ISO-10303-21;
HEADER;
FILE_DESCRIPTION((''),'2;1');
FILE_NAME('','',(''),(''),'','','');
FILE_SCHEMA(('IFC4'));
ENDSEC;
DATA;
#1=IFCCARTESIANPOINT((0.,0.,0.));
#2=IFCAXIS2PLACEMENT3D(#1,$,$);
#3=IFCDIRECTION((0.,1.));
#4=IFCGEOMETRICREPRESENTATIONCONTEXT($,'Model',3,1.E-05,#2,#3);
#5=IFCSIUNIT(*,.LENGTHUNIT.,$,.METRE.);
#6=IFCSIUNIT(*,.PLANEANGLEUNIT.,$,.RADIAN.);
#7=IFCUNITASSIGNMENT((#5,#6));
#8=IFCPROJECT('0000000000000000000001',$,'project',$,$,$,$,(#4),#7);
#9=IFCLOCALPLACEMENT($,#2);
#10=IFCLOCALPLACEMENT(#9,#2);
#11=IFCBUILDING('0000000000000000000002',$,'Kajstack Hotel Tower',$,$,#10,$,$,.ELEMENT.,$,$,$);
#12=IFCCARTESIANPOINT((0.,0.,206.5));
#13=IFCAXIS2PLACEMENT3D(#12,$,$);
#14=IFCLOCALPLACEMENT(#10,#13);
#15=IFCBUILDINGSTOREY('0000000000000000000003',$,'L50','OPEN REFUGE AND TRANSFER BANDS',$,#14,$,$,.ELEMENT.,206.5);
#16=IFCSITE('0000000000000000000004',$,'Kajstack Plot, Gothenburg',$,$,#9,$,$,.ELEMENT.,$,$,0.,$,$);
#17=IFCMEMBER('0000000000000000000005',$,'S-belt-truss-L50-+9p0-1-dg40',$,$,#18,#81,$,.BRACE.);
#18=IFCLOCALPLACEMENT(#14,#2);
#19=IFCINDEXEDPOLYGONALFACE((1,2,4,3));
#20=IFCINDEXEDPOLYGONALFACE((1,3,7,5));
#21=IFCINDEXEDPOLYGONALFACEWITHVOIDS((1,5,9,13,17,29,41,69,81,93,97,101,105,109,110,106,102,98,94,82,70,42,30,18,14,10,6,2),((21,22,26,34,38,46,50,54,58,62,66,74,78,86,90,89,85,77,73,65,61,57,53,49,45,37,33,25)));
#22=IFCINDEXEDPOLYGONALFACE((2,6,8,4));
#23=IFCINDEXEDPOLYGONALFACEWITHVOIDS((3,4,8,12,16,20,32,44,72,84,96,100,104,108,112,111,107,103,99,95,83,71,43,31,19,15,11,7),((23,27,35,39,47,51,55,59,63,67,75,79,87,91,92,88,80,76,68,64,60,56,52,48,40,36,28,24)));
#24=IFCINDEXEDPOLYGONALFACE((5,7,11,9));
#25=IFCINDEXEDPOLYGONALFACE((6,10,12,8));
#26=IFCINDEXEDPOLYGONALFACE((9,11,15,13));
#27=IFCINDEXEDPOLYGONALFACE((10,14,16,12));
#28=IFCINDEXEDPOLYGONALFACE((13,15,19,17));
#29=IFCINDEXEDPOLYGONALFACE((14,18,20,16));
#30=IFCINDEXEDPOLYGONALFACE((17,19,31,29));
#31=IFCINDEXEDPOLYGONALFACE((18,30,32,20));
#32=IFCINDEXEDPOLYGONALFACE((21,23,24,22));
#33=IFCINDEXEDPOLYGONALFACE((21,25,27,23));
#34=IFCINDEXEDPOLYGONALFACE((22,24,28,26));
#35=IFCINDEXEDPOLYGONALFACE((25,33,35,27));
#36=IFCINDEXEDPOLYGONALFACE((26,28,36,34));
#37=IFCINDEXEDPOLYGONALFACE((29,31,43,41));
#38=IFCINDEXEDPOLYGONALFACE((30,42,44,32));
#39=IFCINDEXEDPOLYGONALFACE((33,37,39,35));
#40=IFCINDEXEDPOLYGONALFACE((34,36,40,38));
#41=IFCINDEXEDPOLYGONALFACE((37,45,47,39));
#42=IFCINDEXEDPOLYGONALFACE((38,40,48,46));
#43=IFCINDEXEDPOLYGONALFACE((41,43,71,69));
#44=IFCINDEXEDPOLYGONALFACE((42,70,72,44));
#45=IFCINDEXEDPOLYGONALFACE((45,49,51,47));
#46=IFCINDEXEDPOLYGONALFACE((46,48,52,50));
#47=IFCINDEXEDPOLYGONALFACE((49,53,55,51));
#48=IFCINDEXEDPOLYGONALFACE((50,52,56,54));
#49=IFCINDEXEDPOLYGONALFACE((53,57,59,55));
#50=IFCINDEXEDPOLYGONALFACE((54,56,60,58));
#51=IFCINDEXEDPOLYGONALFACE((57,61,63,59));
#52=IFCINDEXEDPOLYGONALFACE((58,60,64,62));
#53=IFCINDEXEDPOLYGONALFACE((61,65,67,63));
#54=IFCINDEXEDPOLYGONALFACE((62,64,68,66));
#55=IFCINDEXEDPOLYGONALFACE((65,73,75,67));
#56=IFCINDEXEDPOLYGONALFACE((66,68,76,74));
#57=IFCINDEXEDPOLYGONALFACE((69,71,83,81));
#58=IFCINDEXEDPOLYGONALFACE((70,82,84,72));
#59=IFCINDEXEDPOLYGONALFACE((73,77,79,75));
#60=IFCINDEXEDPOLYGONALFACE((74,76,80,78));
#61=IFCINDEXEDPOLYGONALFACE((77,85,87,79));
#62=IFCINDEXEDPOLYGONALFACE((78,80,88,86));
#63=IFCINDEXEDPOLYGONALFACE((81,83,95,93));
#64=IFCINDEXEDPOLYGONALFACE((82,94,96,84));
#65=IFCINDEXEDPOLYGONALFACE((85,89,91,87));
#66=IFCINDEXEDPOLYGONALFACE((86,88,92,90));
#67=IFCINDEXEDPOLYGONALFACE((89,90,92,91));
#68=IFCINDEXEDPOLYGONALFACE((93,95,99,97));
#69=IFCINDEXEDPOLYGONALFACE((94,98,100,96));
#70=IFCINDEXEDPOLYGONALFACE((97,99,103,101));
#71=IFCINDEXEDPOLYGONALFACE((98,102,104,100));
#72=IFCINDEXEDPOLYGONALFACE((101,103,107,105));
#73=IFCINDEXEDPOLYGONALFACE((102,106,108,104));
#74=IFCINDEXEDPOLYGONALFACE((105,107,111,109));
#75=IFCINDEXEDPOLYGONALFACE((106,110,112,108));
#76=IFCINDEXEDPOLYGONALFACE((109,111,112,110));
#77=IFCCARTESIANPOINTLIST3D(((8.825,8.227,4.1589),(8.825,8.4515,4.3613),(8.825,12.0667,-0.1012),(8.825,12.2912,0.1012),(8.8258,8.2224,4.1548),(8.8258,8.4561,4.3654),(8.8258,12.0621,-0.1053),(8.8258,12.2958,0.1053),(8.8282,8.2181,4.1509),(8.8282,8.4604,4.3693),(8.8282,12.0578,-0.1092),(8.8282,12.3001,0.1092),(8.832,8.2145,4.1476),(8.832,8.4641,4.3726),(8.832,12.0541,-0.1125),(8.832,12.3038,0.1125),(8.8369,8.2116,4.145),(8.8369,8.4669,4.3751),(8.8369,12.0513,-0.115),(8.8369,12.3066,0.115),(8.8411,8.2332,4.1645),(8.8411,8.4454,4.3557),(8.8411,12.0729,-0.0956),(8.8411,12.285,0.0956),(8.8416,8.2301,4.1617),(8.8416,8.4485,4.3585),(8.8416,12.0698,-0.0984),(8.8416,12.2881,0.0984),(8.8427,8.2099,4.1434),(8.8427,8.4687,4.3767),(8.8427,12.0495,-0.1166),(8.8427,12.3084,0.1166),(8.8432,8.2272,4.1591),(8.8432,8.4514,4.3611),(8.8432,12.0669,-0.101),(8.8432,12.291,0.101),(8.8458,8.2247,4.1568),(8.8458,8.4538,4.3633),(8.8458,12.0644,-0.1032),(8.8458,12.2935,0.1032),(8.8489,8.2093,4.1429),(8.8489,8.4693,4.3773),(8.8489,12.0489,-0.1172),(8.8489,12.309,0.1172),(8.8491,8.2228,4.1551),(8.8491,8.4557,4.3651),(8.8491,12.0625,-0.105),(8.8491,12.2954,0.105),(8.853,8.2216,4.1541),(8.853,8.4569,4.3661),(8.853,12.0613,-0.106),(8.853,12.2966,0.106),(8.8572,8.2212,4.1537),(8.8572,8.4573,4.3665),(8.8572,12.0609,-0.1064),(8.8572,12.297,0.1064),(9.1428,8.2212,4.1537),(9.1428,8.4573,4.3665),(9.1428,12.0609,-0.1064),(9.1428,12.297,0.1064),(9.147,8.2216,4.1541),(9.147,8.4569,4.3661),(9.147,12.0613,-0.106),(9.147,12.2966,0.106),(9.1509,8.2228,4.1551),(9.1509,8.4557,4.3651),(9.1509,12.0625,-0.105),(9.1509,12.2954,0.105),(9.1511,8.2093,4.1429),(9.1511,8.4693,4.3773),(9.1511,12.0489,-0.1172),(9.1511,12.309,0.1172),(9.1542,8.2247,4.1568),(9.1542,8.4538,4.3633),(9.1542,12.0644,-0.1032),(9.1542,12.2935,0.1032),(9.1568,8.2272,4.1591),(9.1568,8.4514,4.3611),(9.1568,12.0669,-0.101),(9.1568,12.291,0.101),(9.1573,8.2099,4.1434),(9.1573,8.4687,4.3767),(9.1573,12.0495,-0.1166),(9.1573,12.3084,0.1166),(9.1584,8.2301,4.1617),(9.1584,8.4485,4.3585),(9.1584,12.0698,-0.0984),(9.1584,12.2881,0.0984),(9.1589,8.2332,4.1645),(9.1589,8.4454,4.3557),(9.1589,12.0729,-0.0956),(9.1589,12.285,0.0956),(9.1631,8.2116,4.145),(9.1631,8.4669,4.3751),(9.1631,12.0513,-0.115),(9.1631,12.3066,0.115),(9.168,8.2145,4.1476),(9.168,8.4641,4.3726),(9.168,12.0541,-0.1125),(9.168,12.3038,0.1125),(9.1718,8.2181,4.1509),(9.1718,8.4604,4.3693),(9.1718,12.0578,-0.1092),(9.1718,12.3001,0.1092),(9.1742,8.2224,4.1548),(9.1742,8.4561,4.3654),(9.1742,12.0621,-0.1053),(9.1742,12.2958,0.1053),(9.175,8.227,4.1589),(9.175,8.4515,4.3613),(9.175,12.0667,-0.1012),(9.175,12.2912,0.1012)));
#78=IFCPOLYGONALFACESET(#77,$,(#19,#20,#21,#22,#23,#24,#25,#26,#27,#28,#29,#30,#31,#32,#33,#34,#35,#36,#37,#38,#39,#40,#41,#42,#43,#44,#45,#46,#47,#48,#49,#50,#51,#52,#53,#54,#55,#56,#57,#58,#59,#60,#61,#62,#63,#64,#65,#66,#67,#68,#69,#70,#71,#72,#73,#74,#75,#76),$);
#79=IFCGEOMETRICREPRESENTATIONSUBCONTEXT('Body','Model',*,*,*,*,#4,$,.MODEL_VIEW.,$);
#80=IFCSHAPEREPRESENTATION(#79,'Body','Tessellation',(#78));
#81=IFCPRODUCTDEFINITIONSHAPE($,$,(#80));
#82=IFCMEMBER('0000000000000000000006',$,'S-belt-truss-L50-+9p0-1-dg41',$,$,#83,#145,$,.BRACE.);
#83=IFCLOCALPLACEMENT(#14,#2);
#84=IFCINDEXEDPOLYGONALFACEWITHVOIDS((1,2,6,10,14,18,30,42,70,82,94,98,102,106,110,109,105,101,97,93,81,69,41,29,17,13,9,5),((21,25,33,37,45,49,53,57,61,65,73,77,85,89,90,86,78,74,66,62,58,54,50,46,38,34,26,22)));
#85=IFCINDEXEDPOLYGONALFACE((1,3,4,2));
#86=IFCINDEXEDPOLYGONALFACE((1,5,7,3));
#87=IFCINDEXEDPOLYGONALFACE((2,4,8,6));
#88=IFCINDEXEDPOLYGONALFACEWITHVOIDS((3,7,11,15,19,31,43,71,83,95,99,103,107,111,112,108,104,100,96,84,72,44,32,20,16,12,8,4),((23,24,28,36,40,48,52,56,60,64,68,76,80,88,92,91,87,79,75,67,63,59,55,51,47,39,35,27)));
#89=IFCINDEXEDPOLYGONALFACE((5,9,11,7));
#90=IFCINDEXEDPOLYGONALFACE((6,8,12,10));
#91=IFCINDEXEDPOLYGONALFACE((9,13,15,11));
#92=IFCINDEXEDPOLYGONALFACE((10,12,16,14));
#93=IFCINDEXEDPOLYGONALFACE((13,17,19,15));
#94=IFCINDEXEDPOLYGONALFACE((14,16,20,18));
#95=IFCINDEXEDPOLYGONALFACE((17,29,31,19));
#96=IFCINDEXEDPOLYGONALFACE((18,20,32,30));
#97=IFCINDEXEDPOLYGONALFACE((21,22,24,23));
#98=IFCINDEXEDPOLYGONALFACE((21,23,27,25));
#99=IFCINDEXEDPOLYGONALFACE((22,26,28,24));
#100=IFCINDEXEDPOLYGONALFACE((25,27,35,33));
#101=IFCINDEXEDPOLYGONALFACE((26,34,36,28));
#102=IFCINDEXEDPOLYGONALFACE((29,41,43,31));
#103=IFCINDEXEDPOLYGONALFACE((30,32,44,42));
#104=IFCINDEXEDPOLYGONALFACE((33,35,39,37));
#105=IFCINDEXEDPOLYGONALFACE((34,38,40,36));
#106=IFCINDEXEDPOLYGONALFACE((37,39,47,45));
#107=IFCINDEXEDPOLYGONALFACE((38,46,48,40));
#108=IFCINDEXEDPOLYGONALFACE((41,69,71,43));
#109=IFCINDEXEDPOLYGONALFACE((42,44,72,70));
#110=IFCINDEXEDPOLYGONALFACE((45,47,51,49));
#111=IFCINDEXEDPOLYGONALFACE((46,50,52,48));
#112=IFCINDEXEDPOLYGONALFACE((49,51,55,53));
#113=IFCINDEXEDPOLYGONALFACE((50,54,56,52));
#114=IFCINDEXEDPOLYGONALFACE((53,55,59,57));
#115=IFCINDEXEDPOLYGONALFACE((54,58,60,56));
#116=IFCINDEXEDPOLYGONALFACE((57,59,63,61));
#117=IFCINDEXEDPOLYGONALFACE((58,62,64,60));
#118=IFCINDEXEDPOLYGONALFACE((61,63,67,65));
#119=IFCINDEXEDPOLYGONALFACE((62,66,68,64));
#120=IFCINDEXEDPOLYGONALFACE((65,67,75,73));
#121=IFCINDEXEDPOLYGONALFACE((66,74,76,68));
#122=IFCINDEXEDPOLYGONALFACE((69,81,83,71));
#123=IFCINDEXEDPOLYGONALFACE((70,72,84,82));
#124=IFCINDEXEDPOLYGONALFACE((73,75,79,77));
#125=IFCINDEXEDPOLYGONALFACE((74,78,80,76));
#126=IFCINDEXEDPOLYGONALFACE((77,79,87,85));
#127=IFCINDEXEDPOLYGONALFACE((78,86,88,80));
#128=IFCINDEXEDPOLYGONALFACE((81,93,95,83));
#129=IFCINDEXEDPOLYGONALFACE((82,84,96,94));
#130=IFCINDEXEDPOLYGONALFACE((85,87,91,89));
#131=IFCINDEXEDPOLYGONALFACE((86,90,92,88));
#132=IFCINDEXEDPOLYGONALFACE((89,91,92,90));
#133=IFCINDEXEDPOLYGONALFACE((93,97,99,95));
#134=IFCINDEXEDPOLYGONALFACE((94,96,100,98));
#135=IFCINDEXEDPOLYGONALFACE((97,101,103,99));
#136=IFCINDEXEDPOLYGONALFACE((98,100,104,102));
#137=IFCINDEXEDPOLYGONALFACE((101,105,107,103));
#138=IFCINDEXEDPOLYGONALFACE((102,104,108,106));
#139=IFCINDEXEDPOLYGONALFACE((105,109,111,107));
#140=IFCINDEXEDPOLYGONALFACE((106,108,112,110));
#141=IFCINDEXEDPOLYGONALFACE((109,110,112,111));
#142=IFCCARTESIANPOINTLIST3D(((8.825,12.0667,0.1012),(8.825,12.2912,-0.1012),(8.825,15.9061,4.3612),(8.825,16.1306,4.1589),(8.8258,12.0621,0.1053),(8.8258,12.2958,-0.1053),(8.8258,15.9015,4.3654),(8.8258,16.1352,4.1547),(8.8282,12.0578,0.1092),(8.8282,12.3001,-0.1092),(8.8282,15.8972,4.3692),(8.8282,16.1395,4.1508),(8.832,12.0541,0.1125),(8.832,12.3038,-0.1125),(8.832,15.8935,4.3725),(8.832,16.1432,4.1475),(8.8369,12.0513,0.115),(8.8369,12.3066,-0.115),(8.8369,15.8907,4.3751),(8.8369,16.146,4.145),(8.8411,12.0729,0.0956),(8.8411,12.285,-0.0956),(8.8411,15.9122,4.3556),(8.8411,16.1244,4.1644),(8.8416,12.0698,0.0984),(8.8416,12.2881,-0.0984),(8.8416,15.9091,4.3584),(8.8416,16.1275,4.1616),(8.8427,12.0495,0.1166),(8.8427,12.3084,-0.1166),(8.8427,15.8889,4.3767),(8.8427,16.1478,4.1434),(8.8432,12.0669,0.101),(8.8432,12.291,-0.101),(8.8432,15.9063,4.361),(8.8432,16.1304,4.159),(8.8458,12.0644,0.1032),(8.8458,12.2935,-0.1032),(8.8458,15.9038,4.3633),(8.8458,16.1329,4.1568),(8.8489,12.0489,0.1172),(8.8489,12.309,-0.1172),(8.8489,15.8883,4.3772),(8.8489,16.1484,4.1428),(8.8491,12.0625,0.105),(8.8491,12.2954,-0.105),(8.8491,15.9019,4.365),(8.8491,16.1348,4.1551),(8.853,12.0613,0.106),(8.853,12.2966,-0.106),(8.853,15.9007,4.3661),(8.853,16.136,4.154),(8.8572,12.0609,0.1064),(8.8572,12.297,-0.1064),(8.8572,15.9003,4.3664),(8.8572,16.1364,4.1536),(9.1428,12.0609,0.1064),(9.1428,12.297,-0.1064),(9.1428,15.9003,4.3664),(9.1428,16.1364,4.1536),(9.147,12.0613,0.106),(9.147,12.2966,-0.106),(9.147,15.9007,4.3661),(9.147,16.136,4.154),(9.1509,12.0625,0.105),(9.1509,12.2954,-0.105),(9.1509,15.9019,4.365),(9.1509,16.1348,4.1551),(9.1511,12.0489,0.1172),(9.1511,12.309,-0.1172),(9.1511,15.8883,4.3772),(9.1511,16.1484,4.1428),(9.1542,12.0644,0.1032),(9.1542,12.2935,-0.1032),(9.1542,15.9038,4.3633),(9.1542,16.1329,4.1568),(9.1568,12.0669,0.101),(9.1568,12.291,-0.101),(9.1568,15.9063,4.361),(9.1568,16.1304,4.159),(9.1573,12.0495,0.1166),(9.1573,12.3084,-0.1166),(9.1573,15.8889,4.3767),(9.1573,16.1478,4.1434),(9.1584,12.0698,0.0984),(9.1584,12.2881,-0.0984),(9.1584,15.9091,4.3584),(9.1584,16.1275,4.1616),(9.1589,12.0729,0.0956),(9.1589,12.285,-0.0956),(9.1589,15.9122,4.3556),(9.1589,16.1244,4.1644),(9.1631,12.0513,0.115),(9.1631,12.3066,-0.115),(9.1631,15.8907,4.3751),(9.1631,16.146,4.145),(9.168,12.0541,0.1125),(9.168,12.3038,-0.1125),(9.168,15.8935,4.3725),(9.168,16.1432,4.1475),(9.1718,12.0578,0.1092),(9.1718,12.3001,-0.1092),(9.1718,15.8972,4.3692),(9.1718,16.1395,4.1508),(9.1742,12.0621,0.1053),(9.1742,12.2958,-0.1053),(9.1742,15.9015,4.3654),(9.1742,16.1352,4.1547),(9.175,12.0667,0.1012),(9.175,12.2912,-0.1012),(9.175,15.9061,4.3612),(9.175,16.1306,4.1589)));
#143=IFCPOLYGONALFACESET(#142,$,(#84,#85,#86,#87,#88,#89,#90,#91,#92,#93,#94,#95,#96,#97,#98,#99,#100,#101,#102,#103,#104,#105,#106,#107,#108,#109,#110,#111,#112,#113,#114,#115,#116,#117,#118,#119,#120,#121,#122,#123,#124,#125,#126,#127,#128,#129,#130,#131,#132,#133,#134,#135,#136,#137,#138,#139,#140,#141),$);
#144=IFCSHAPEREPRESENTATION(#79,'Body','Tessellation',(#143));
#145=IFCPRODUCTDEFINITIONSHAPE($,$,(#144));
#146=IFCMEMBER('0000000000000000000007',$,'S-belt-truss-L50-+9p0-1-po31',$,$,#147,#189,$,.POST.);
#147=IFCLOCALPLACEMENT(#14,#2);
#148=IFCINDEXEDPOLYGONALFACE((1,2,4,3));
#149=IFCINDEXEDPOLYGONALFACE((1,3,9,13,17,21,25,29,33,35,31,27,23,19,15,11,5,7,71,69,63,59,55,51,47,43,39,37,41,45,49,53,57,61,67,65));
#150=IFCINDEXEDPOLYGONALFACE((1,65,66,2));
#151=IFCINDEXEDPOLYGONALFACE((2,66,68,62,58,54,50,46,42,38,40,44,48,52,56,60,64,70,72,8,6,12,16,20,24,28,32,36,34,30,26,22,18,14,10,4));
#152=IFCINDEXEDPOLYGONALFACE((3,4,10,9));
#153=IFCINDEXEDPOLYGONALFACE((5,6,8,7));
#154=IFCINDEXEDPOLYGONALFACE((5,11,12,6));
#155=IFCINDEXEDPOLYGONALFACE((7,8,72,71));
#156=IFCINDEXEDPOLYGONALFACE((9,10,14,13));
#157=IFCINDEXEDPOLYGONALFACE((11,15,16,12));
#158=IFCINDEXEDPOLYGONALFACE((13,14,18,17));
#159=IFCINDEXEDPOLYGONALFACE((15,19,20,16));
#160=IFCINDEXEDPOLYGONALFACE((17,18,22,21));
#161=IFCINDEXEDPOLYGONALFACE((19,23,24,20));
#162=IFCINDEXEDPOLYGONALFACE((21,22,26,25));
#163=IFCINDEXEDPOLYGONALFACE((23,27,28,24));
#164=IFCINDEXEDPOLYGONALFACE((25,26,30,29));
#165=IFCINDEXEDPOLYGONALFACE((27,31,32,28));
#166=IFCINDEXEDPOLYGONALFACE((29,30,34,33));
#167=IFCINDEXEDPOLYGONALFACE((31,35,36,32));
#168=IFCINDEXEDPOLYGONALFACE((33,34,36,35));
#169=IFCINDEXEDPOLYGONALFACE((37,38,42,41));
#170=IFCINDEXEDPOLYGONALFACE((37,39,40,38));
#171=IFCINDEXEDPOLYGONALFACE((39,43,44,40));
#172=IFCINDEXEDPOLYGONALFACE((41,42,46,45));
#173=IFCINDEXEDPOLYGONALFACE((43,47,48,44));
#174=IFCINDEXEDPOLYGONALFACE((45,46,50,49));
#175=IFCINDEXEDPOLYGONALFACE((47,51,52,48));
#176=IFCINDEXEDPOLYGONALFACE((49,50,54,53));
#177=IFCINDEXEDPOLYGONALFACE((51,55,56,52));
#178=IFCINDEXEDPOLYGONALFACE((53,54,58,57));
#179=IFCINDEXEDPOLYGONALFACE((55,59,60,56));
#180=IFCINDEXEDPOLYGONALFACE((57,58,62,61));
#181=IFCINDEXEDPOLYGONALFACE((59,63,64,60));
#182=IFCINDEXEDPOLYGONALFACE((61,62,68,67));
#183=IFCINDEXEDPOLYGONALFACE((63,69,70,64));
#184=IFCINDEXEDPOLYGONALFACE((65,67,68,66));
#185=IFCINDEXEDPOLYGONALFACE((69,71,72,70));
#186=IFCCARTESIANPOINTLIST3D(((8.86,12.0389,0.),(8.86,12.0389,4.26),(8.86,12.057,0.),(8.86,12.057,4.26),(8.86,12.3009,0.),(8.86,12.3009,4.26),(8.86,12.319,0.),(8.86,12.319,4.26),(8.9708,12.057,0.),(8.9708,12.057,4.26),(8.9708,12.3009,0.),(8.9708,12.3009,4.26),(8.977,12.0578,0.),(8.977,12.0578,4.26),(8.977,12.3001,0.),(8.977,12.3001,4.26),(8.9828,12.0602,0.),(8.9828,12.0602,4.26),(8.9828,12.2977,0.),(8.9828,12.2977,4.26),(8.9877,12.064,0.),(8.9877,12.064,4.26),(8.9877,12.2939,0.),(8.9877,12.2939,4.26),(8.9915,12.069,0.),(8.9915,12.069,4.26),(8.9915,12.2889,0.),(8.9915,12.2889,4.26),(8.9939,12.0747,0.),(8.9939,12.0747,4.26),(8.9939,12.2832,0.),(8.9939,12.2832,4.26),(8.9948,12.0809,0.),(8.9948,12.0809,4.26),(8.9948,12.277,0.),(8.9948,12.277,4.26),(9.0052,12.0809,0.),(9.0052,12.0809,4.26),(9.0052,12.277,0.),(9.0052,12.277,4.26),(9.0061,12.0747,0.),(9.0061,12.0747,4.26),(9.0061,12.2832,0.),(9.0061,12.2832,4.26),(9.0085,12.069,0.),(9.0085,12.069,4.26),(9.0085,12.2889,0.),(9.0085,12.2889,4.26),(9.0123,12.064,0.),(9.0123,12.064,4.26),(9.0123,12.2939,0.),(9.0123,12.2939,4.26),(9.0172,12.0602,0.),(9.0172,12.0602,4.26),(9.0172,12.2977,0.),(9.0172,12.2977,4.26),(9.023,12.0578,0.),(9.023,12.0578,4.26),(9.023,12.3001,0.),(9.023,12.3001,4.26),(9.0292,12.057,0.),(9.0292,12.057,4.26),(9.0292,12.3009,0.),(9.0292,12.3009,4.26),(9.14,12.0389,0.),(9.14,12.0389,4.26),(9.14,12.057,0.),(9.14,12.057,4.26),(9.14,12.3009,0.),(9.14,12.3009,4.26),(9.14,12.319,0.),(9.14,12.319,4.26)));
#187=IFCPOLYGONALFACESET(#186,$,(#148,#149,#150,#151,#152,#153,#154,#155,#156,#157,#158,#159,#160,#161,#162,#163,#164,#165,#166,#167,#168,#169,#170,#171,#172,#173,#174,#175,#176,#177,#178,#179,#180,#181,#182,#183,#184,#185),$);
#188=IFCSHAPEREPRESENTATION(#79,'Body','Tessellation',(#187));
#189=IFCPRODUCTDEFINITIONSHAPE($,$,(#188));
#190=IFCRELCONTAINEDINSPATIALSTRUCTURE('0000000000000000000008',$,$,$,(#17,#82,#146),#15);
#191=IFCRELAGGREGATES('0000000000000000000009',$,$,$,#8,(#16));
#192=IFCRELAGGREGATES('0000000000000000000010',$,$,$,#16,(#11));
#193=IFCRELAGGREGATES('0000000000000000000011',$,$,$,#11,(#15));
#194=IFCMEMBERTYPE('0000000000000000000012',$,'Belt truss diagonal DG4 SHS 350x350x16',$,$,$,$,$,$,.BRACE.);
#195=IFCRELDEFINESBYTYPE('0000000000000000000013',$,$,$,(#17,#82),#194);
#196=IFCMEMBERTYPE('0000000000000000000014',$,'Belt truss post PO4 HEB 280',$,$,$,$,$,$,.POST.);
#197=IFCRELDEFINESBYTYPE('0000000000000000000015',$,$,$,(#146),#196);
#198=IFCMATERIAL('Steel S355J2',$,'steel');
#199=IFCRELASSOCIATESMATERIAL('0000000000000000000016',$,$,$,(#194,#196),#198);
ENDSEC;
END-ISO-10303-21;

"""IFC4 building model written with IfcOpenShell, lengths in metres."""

from ifc_helpers import new_model, si_unit, direction, frame, origin, origin_2d, place, context, subcontext, project, spatial, hollow_rectangle, i_section, extrude, material, material_profile, profile_set, type_object, element, save


model = new_model("IFC4")

# Units and contexts
model_context = context("Model", 3, precision=1e-05, world=origin(), true_north=direction((0.0, 1.0)))
body_context = subcontext(model_context, "Body", "Model", "MODEL_VIEW")
ifc_project = project(units=[si_unit("LENGTHUNIT", "METRE"), si_unit("PLANEANGLEUNIT", "RADIAN")], contexts=[model_context])

# Site, building, storey
site_placement = place(None, origin())
site = spatial("IfcSite", under=ifc_project, at=site_placement, Name="Kajstack Plot, Gothenburg", CompositionType="ELEMENT", RefElevation=0.0)
building_placement = place(site_placement, origin())
building = spatial("IfcBuilding", under=site, at=building_placement, Name="Kajstack Hotel Tower", CompositionType="ELEMENT")
storey_placement = place(building_placement, frame((0.0, 0.0, 206.5)))
storey = spatial("IfcBuildingStorey", under=building, at=storey_placement, Name="L50", Description="OPEN REFUGE AND TRANSFER BANDS", CompositionType="ELEMENT", Elevation=206.5)

# Members
ifc_material = material(Name="Steel S355J2", Category="steel")
ifc_material_profile_1 = material_profile(ifc_material, hollow_rectangle(XDim=0.3501, YDim=0.3501, WallThickness=0.0161, InnerFilletRadius=0.0161, OuterFilletRadius=0.0239, at=origin_2d()), Name="SHS 350x350x16")
ifc_profile_set_1 = profile_set([ifc_material_profile_1], Name="Steel S355J2")
member_type_1 = type_object("IfcMemberType", Name="Belt truss diagonal DG4 SHS 350x350x16", PredefinedType="BRACE", material=ifc_profile_set_1)
member_1_placement = place(storey_placement, frame((9.0, 12.179, 0.0), z_axis=(0.0, -0.669503, 0.742809), x_axis=(1.0, 0.0, 0.0)))
element("IfcMember", 1, at=member_1_placement, inside=storey, type_object=member_type_1, Name="S-belt-truss-L50-+9p0-1-dg40", PredefinedType="BRACE", context=body_context, shape_type="SweptSolid", body=[
    extrude(hollow_rectangle(XDim=0.3501, YDim=0.3501, WallThickness=0.0161, InnerFilletRadius=0.0161, OuterFilletRadius=0.0239, at=origin_2d()), origin(), (0.0, 0.0, 1.0), 5.7351),
])
member_2_placement = place(storey_placement, frame((9.0, 12.179, 0.0), z_axis=(0.0, 0.66948, 0.74283), x_axis=(-1.0, 0.0, 0.0)))
element("IfcMember", 2, at=member_2_placement, inside=storey, type_object=member_type_1, Name="S-belt-truss-L50-+9p0-1-dg41", PredefinedType="BRACE", context=body_context, shape_type="SweptSolid", body=[
    extrude(hollow_rectangle(XDim=0.3501, YDim=0.3501, WallThickness=0.0161, InnerFilletRadius=0.0161, OuterFilletRadius=0.0239, at=origin_2d()), origin(), (0.0, 0.0, 1.0), 5.7349),
])
ifc_material_profile_2 = material_profile(ifc_material, i_section(OverallWidth=0.28, OverallDepth=0.28, WebThickness=0.0105, FlangeThickness=0.0181, FilletRadius=0.0239, at=origin_2d()), Name="HEB 280")
ifc_profile_set_2 = profile_set([ifc_material_profile_2], Name="Steel S355J2")
member_type_2 = type_object("IfcMemberType", Name="Belt truss post PO4 HEB 280", PredefinedType="POST", material=ifc_profile_set_2)
for number, where, z_axis, x_axis, name in (
    (3, (9.0, 12.179, 0.0), (0.0, 0.0, 1.0), (1.0, 0.0, 0.0), "S-belt-truss-L50-+9p0-1-po31"),
):
    element("IfcMember", number, at=place(storey_placement, frame(where, z_axis=z_axis, x_axis=x_axis)), inside=storey, type_object=member_type_2, Name=name, PredefinedType="POST", context=body_context, shape_type="SweptSolid", body=[
        extrude(i_section(OverallWidth=0.28, OverallDepth=0.28, WebThickness=0.0105, FlangeThickness=0.0181, FilletRadius=0.0239, at=origin_2d()), origin(), (0.0, 0.0, 1.0), 4.26),
    ])

save(model, "model.ifc")
